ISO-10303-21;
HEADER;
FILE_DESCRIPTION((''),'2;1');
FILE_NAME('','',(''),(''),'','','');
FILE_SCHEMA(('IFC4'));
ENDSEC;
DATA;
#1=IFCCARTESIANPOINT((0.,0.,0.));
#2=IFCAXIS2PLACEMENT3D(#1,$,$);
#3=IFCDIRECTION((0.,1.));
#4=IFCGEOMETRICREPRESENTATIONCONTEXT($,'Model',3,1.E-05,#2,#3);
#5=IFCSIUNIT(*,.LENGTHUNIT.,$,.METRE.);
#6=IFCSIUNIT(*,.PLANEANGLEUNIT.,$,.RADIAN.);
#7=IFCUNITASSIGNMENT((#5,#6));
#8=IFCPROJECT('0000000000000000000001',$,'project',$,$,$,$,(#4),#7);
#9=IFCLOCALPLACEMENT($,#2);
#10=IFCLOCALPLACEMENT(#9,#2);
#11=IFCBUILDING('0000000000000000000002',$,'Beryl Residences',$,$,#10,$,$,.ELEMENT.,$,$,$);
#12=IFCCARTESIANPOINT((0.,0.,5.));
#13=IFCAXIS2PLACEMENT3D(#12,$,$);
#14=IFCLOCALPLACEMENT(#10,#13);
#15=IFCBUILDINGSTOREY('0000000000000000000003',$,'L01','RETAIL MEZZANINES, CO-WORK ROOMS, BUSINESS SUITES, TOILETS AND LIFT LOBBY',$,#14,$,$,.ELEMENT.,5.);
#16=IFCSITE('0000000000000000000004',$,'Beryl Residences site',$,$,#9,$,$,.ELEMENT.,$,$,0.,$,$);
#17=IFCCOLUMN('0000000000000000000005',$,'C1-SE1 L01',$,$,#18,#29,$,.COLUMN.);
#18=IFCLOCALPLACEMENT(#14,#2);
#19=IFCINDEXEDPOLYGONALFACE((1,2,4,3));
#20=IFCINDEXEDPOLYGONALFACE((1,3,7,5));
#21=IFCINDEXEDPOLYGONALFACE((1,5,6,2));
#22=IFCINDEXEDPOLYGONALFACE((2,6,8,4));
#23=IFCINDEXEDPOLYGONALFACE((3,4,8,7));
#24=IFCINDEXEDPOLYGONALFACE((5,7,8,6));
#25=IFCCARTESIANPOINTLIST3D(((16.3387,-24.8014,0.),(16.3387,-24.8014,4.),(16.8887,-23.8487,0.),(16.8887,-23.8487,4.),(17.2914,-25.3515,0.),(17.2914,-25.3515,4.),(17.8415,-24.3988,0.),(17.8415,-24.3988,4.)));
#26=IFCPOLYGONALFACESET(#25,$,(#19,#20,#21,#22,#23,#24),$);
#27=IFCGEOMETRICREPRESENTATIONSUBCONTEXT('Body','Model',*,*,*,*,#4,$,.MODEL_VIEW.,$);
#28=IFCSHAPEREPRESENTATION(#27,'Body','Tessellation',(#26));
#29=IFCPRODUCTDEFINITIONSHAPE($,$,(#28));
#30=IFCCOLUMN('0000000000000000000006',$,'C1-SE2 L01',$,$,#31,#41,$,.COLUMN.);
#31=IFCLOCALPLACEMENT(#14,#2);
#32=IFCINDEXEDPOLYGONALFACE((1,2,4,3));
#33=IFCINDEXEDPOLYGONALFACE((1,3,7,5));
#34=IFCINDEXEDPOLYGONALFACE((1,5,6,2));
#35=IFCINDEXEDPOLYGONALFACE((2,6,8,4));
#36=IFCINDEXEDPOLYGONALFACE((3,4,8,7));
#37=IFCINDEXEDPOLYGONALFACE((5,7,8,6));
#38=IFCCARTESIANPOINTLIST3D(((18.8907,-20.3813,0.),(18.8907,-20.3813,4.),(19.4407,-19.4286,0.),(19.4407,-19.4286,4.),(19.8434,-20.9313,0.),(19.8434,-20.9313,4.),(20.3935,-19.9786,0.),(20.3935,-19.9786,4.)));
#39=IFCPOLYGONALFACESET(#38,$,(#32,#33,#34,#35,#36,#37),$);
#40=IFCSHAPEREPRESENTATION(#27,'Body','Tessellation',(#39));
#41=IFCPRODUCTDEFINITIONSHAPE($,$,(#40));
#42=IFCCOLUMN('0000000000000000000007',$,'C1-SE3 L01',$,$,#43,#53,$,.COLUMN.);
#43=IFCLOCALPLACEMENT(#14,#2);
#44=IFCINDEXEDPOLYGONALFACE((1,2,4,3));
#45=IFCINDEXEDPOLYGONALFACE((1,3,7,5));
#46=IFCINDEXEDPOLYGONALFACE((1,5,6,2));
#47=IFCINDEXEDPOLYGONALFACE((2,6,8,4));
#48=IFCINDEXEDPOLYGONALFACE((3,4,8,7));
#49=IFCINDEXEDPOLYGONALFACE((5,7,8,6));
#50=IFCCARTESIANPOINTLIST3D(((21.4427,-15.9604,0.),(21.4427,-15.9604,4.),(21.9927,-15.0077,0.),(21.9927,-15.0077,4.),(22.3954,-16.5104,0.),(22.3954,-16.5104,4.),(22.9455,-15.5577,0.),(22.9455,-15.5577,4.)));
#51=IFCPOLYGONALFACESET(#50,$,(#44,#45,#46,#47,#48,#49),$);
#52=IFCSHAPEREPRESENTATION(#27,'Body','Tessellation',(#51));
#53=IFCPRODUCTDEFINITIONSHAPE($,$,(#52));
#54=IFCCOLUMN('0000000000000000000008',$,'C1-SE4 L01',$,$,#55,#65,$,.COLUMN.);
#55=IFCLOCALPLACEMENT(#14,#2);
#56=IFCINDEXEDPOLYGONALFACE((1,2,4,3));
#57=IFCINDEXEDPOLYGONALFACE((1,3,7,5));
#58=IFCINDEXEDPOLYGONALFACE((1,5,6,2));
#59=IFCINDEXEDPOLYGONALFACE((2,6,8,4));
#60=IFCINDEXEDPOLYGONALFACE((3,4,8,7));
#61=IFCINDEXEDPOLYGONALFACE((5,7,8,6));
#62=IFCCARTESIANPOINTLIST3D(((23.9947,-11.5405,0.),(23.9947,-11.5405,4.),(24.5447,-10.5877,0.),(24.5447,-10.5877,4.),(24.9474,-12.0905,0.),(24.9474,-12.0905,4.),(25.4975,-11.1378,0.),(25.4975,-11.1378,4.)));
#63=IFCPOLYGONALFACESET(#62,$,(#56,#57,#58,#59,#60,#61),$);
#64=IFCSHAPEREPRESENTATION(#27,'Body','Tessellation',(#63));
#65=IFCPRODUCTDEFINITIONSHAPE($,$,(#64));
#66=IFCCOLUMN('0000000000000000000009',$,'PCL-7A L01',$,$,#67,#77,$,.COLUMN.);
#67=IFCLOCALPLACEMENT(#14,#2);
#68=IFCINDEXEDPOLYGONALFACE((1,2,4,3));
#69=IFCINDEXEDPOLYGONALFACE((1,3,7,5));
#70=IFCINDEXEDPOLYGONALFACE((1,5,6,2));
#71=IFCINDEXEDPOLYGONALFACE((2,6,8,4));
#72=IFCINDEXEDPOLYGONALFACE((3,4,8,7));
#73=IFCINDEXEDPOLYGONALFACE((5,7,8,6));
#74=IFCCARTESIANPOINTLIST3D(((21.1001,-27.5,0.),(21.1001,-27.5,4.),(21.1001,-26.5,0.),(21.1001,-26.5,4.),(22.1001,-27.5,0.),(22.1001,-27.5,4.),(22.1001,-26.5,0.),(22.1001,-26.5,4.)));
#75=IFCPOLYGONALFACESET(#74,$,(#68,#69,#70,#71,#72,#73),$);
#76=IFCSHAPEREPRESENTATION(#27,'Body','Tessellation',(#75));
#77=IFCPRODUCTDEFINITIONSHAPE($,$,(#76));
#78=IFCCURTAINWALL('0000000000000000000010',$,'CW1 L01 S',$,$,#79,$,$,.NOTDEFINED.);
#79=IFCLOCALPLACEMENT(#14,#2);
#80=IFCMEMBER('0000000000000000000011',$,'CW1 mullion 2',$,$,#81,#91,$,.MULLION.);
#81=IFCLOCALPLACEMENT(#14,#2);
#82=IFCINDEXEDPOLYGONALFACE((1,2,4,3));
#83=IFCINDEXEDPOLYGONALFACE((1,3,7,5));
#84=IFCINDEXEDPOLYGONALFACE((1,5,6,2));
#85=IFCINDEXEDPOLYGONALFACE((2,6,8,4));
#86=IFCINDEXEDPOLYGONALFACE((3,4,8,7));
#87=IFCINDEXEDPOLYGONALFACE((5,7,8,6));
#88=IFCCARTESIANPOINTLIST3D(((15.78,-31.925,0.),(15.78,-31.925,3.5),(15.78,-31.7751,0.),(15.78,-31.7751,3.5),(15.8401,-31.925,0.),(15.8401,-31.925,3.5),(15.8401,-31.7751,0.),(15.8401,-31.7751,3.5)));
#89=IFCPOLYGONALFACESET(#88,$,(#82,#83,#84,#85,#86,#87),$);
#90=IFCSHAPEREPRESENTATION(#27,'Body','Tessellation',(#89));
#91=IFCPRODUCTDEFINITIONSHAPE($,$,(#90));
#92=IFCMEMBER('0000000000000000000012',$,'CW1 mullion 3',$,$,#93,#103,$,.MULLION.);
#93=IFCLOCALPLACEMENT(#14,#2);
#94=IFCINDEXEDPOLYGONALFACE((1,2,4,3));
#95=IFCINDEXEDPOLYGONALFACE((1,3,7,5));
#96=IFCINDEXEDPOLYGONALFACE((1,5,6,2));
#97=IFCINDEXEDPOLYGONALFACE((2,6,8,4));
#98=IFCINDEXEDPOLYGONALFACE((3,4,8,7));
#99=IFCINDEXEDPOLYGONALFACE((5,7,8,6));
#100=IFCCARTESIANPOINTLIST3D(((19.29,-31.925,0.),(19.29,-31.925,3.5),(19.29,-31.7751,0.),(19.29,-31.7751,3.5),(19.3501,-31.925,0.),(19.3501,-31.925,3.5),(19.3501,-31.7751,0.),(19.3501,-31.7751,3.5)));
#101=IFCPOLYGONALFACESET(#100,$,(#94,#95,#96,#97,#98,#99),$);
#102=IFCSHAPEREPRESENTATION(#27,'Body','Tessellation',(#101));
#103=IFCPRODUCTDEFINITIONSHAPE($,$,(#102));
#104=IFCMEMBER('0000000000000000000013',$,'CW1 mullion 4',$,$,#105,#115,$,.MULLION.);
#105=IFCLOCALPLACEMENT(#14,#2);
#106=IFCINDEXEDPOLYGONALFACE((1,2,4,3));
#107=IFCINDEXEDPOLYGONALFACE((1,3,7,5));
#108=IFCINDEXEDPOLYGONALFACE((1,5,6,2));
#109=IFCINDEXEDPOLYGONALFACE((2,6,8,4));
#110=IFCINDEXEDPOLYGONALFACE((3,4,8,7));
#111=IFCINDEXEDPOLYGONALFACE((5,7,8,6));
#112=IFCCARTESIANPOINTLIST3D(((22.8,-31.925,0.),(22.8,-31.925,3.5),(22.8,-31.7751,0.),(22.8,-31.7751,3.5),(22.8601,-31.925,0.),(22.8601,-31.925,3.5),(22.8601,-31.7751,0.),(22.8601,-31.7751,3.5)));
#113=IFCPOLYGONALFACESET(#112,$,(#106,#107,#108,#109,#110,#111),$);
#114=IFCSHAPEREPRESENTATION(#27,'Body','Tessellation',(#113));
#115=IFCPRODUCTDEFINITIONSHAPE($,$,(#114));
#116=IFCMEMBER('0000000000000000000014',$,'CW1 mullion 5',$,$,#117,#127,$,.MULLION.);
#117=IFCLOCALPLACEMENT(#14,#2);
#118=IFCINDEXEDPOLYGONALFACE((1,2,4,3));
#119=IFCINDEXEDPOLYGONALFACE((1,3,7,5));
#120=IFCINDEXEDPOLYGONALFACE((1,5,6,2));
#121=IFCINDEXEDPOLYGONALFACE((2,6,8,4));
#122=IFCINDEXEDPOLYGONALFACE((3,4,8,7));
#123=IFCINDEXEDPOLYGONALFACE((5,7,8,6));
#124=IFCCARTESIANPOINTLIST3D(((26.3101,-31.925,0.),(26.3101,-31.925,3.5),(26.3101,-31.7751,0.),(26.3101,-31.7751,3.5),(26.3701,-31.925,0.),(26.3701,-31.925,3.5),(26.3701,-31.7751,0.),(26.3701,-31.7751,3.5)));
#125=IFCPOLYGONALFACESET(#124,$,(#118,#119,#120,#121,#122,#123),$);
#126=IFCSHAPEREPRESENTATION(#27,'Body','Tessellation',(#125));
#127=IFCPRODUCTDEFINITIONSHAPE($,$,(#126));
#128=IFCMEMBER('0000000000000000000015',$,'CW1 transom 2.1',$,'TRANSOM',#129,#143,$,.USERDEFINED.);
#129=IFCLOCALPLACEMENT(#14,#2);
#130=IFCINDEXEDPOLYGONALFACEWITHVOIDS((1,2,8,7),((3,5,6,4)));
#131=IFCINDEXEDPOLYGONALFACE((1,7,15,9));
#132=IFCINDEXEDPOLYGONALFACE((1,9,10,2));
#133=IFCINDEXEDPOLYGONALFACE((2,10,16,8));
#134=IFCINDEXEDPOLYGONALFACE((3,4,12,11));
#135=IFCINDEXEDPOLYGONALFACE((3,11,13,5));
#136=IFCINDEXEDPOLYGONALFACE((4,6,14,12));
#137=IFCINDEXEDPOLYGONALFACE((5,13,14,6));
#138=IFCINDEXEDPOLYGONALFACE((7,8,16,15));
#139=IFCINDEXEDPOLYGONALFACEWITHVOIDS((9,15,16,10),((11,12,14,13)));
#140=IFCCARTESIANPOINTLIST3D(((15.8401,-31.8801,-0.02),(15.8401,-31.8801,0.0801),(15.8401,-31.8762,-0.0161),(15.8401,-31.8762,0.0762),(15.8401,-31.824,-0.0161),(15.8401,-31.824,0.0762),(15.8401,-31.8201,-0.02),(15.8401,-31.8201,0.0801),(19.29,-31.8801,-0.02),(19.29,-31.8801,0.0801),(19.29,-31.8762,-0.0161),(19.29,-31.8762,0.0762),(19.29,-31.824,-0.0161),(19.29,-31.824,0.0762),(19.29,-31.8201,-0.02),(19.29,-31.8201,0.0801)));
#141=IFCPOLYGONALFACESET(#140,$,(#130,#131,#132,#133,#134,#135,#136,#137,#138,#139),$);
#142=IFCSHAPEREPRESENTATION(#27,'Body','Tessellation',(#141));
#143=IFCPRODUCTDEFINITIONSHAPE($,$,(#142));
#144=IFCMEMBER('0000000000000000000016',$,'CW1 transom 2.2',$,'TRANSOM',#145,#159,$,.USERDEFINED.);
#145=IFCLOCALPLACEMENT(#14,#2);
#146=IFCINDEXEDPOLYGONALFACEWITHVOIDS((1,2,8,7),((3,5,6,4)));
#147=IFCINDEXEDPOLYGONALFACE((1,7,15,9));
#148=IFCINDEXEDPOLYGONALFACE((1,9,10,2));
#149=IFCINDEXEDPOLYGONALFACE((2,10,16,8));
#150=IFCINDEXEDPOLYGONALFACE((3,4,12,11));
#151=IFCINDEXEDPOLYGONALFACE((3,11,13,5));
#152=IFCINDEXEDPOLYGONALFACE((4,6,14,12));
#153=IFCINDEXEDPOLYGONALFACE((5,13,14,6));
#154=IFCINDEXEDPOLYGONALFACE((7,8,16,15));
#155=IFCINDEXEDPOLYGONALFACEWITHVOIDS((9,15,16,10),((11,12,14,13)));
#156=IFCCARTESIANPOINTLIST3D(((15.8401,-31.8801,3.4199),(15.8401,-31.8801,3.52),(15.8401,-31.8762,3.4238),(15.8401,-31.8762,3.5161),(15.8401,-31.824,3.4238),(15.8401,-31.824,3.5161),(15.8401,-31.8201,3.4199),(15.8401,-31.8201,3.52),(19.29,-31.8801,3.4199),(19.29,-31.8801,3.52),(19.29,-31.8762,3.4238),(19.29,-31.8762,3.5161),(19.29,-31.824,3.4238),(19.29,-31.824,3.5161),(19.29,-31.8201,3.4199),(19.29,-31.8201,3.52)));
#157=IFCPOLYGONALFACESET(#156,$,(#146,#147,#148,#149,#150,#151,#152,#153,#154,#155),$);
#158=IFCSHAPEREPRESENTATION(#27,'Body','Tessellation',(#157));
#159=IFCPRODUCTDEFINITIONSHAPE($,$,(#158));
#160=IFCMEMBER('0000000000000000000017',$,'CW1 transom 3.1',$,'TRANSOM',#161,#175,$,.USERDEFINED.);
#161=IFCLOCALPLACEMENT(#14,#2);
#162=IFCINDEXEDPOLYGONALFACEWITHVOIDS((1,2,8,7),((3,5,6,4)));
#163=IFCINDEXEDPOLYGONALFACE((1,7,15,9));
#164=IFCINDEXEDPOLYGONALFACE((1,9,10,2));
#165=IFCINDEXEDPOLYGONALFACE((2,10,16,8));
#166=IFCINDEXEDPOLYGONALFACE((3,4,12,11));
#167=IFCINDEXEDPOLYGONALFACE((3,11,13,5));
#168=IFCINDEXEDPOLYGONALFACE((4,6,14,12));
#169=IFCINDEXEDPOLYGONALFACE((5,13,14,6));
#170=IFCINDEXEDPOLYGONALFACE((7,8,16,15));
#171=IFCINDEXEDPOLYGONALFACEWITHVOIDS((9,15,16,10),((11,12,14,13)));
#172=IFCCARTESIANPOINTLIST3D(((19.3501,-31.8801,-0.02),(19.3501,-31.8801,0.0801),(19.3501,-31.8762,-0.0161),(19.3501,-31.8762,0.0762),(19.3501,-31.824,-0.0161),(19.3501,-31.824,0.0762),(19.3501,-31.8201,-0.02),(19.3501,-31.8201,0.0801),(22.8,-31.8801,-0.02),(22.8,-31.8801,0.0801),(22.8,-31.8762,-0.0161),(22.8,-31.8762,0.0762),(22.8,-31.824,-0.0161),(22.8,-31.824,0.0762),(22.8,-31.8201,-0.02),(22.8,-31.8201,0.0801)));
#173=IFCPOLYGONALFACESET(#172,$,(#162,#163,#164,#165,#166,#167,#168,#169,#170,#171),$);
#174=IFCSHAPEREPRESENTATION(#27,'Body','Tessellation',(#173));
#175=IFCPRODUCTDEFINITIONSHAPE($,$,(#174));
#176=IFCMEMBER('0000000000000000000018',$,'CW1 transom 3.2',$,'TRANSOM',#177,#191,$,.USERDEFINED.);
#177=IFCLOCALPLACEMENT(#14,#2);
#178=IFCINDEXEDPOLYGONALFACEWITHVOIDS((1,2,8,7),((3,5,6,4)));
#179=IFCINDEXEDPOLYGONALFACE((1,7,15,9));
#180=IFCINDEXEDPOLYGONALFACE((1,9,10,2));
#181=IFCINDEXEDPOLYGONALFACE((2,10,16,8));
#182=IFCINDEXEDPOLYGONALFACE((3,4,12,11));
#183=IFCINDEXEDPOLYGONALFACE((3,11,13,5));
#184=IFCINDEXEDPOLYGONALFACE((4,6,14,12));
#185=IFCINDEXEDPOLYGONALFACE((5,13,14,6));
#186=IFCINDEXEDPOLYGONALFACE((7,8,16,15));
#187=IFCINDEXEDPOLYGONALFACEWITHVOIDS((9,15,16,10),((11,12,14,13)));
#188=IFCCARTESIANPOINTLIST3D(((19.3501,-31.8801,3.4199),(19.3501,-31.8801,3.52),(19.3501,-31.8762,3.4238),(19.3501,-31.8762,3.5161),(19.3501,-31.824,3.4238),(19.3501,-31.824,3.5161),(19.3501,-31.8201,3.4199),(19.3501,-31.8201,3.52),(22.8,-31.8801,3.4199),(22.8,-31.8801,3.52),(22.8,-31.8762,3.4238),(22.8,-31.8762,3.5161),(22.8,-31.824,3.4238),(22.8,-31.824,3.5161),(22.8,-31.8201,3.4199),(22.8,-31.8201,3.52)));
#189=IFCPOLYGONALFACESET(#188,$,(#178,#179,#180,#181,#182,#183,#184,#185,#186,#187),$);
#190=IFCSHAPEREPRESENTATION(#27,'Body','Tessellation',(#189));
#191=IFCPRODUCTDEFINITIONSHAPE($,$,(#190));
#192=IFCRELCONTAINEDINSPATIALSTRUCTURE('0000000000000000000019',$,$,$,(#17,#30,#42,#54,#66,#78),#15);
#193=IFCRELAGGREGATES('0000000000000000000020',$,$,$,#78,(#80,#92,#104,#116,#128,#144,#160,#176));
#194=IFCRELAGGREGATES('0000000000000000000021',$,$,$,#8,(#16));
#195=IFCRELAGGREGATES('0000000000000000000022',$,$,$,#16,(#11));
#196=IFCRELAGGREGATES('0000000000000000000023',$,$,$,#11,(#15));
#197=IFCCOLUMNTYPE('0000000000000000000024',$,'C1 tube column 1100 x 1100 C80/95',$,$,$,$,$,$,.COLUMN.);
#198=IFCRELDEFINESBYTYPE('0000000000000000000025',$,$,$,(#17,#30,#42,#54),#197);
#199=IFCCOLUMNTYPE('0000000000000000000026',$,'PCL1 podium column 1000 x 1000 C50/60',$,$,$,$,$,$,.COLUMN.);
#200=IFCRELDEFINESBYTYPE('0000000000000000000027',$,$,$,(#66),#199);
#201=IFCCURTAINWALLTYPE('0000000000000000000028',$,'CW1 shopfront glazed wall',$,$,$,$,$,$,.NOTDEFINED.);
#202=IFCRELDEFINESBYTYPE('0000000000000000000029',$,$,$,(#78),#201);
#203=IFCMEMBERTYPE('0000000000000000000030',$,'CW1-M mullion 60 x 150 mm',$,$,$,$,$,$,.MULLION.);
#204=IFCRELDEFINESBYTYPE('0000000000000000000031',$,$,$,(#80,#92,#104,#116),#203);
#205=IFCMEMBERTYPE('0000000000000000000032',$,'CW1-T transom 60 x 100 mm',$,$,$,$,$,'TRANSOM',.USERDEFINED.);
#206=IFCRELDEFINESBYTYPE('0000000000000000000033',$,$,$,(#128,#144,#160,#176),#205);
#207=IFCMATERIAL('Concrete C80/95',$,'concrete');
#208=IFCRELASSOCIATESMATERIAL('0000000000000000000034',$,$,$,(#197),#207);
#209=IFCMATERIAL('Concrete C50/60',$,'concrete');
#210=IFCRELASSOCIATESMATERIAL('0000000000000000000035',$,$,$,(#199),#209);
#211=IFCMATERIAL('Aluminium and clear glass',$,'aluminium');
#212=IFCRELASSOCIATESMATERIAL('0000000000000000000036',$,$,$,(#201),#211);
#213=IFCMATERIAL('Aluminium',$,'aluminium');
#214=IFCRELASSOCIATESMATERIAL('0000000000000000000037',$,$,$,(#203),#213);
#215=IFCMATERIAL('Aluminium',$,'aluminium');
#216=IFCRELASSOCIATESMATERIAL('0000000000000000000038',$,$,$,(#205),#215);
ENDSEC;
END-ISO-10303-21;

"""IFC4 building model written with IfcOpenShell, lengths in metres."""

from ifc_helpers import new_model, si_unit, direction, frame, origin, origin_2d, place, context, subcontext, project, spatial, rectangle, hollow_rectangle, extrude, material, material_profile, profile_set, type_object, element, aggregate, save


model = new_model("IFC4")

# Units and contexts
model_context = context("Model", 3, precision=1e-05, world=origin(), true_north=direction((0.0, 1.0)))
body_context = subcontext(model_context, "Body", "Model", "MODEL_VIEW")
ifc_project = project(units=[si_unit("LENGTHUNIT", "METRE"), si_unit("PLANEANGLEUNIT", "RADIAN")], contexts=[model_context])

# Site, building, storey
site_placement = place(None, origin())
site = spatial("IfcSite", under=ifc_project, at=site_placement, Name="Beryl Residences site", CompositionType="ELEMENT", RefElevation=0.0)
building_placement = place(site_placement, origin())
building = spatial("IfcBuilding", under=site, at=building_placement, Name="Beryl Residences", CompositionType="ELEMENT")
storey_placement = place(building_placement, frame((0.0, 0.0, 5.0)))
storey = spatial("IfcBuildingStorey", under=building, at=storey_placement, Name="L01", Description="RETAIL MEZZANINES, CO-WORK ROOMS, BUSINESS SUITES, TOILETS AND LIFT LOBBY", CompositionType="ELEMENT", Elevation=5.0)

# Columns
ifc_material_1 = material(Name="Concrete C80/95", Category="concrete")
ifc_material_profile_1 = material_profile(ifc_material_1, rectangle(XDim=1.1001, YDim=1.1001, at=origin_2d()))
ifc_profile_set_1 = profile_set([ifc_material_profile_1], Name="Concrete C80/95")
column_type_1 = type_object("IfcColumnType", Name="C1 tube column 1100 x 1100 C80/95", PredefinedType="COLUMN", material=ifc_profile_set_1)
for number, where, z_axis, x_axis, name in (
    (1, (17.0901, -24.6001, 0.0), (0.0, 0.0, 1.0), (0.499985, 0.866034, 0.0), "C1-SE1 L01"),
    (2, (19.6421, -20.1799, 0.0), (0.0, 0.0, 1.0), (0.499985, 0.866034, 0.0), "C1-SE2 L01"),
    (3, (22.1941, -15.759, 0.0), (0.0, 0.0, 1.0), (0.499985, 0.866034, 0.0), "C1-SE3 L01"),
    (4, (24.7461, -11.3391, 0.0), (0.0, 0.0, 1.0), (0.499985, 0.866034, 0.0), "C1-SE4 L01"),
):
    element("IfcColumn", number, at=place(storey_placement, frame(where, z_axis=z_axis, x_axis=x_axis)), inside=storey, type_object=column_type_1, Name=name, PredefinedType="COLUMN", context=body_context, shape_type="SweptSolid", body=[
        extrude(rectangle(XDim=1.1001, YDim=1.1001, at=origin_2d()), origin(), (0.0, 0.0, 1.0), 4.0),
    ])
ifc_material_2 = material(Name="Concrete C50/60", Category="concrete")
ifc_material_profile_2 = material_profile(ifc_material_2, rectangle(XDim=1.0, YDim=1.0, at=origin_2d()))
ifc_profile_set_2 = profile_set([ifc_material_profile_2], Name="Concrete C50/60")
column_type_2 = type_object("IfcColumnType", Name="PCL1 podium column 1000 x 1000 C50/60", PredefinedType="COLUMN", material=ifc_profile_set_2)
column_placement = place(storey_placement, frame((21.6001, -27.0, 0.0), z_axis=(0.0, 0.0, 1.0), x_axis=(1.0, 0.0, 0.0)))
element("IfcColumn", 5, at=column_placement, inside=storey, type_object=column_type_2, Name="PCL-7A L01", PredefinedType="COLUMN", context=body_context, shape_type="SweptSolid", body=[
    extrude(rectangle(XDim=1.0, YDim=1.0, at=origin_2d()), origin(), (0.0, 0.0, 1.0), 4.0),
])

# Curtain wall, members
ifc_material_3 = material(Name="Aluminium and clear glass", Category="aluminium")
curtain_wall_type = type_object("IfcCurtainWallType", Name="CW1 shopfront glazed wall", PredefinedType="NOTDEFINED", material=ifc_material_3)
curtain_wall_placement = place(storey_placement, origin())
curtain_wall = element("IfcCurtainWall", 6, at=curtain_wall_placement, inside=storey, type_object=curtain_wall_type, Name="CW1 L01 S", PredefinedType="NOTDEFINED")
ifc_material_4 = material(Name="Aluminium", Category="aluminium")
ifc_material_profile_3 = material_profile(ifc_material_4, rectangle(XDim=0.0601, YDim=0.1499, at=origin_2d()))
ifc_profile_set_3 = profile_set([ifc_material_profile_3], Name="Aluminium")
member_type_1 = type_object("IfcMemberType", Name="CW1-M mullion 60 x 150 mm", PredefinedType="MULLION", material=ifc_profile_set_3)
member_1_placement = place(storey_placement, frame((15.8101, -31.8501, 0.0), z_axis=(0.0, 0.0, 1.0), x_axis=(1.0, 0.0, 0.0)))
member_1 = element("IfcMember", 7, at=member_1_placement, type_object=member_type_1, Name="CW1 mullion 2", PredefinedType="MULLION", context=body_context, shape_type="SweptSolid", body=[
    extrude(rectangle(XDim=0.0601, YDim=0.1499, at=origin_2d()), origin(), (0.0, 0.0, 1.0), 3.5),
])
member_2_placement = place(storey_placement, frame((19.3201, -31.8501, 0.0), z_axis=(0.0, 0.0, 1.0), x_axis=(1.0, 0.0, 0.0)))
member_2 = element("IfcMember", 8, at=member_2_placement, type_object=member_type_1, Name="CW1 mullion 3", PredefinedType="MULLION", context=body_context, shape_type="SweptSolid", body=[
    extrude(rectangle(XDim=0.0601, YDim=0.1499, at=origin_2d()), origin(), (0.0, 0.0, 1.0), 3.5),
])
member_3_placement = place(storey_placement, frame((22.8301, -31.8501, 0.0), z_axis=(0.0, 0.0, 1.0), x_axis=(1.0, 0.0, 0.0)))
member_3 = element("IfcMember", 9, at=member_3_placement, type_object=member_type_1, Name="CW1 mullion 4", PredefinedType="MULLION", context=body_context, shape_type="SweptSolid", body=[
    extrude(rectangle(XDim=0.0601, YDim=0.1499, at=origin_2d()), origin(), (0.0, 0.0, 1.0), 3.5),
])
member_4_placement = place(storey_placement, frame((26.3401, -31.8501, 0.0), z_axis=(0.0, 0.0, 1.0), x_axis=(1.0, 0.0, 0.0)))
member_4 = element("IfcMember", 10, at=member_4_placement, type_object=member_type_1, Name="CW1 mullion 5", PredefinedType="MULLION", context=body_context, shape_type="SweptSolid", body=[
    extrude(rectangle(XDim=0.0601, YDim=0.1499, at=origin_2d()), origin(), (0.0, 0.0, 1.0), 3.5),
])
ifc_material_5 = material(Name="Aluminium", Category="aluminium")
ifc_material_profile_4 = material_profile(ifc_material_5, hollow_rectangle(XDim=0.0601, YDim=0.1001, WallThickness=0.0039, at=origin_2d()))
ifc_profile_set_4 = profile_set([ifc_material_profile_4], Name="Aluminium")
member_type_2 = type_object("IfcMemberType", Name="CW1-T transom 60 x 100 mm", ElementType="TRANSOM", PredefinedType="USERDEFINED", material=ifc_profile_set_4)
member_5_placement = place(storey_placement, frame((15.8401, -31.8501, 0.03), z_axis=(1.0, 0.0, 0.0), x_axis=(0.0, 1.0, 0.0)))
member_5 = element("IfcMember", 11, at=member_5_placement, type_object=member_type_2, Name="CW1 transom 2.1", ObjectType="TRANSOM", PredefinedType="USERDEFINED", context=body_context, shape_type="SweptSolid", body=[
    extrude(hollow_rectangle(XDim=0.0601, YDim=0.1001, WallThickness=0.0039, at=origin_2d()), origin(), (0.0, 0.0, 1.0), 3.45),
])
member_6_placement = place(storey_placement, frame((15.8401, -31.8501, 3.47), z_axis=(1.0, 0.0, 0.0), x_axis=(0.0, 1.0, 0.0)))
member_6 = element("IfcMember", 12, at=member_6_placement, type_object=member_type_2, Name="CW1 transom 2.2", ObjectType="TRANSOM", PredefinedType="USERDEFINED", context=body_context, shape_type="SweptSolid", body=[
    extrude(hollow_rectangle(XDim=0.0601, YDim=0.1001, WallThickness=0.0039, at=origin_2d()), origin(), (0.0, 0.0, 1.0), 3.45),
])
member_7_placement = place(storey_placement, frame((19.3501, -31.8501, 0.03), z_axis=(1.0, 0.0, 0.0), x_axis=(0.0, 1.0, 0.0)))
member_7 = element("IfcMember", 13, at=member_7_placement, type_object=member_type_2, Name="CW1 transom 3.1", ObjectType="TRANSOM", PredefinedType="USERDEFINED", context=body_context, shape_type="SweptSolid", body=[
    extrude(hollow_rectangle(XDim=0.0601, YDim=0.1001, WallThickness=0.0039, at=origin_2d()), origin(), (0.0, 0.0, 1.0), 3.45),
])
member_8_placement = place(storey_placement, frame((19.3501, -31.8501, 3.47), z_axis=(1.0, 0.0, 0.0), x_axis=(0.0, 1.0, 0.0)))
member_8 = element("IfcMember", 14, at=member_8_placement, type_object=member_type_2, Name="CW1 transom 3.2", ObjectType="TRANSOM", PredefinedType="USERDEFINED", context=body_context, shape_type="SweptSolid", body=[
    extrude(hollow_rectangle(XDim=0.0601, YDim=0.1001, WallThickness=0.0039, at=origin_2d()), origin(), (0.0, 0.0, 1.0), 3.45),
])

aggregate(curtain_wall, [member_1, member_2, member_3, member_4, member_5, member_6, member_7, member_8])

save(model, "model.ifc")
